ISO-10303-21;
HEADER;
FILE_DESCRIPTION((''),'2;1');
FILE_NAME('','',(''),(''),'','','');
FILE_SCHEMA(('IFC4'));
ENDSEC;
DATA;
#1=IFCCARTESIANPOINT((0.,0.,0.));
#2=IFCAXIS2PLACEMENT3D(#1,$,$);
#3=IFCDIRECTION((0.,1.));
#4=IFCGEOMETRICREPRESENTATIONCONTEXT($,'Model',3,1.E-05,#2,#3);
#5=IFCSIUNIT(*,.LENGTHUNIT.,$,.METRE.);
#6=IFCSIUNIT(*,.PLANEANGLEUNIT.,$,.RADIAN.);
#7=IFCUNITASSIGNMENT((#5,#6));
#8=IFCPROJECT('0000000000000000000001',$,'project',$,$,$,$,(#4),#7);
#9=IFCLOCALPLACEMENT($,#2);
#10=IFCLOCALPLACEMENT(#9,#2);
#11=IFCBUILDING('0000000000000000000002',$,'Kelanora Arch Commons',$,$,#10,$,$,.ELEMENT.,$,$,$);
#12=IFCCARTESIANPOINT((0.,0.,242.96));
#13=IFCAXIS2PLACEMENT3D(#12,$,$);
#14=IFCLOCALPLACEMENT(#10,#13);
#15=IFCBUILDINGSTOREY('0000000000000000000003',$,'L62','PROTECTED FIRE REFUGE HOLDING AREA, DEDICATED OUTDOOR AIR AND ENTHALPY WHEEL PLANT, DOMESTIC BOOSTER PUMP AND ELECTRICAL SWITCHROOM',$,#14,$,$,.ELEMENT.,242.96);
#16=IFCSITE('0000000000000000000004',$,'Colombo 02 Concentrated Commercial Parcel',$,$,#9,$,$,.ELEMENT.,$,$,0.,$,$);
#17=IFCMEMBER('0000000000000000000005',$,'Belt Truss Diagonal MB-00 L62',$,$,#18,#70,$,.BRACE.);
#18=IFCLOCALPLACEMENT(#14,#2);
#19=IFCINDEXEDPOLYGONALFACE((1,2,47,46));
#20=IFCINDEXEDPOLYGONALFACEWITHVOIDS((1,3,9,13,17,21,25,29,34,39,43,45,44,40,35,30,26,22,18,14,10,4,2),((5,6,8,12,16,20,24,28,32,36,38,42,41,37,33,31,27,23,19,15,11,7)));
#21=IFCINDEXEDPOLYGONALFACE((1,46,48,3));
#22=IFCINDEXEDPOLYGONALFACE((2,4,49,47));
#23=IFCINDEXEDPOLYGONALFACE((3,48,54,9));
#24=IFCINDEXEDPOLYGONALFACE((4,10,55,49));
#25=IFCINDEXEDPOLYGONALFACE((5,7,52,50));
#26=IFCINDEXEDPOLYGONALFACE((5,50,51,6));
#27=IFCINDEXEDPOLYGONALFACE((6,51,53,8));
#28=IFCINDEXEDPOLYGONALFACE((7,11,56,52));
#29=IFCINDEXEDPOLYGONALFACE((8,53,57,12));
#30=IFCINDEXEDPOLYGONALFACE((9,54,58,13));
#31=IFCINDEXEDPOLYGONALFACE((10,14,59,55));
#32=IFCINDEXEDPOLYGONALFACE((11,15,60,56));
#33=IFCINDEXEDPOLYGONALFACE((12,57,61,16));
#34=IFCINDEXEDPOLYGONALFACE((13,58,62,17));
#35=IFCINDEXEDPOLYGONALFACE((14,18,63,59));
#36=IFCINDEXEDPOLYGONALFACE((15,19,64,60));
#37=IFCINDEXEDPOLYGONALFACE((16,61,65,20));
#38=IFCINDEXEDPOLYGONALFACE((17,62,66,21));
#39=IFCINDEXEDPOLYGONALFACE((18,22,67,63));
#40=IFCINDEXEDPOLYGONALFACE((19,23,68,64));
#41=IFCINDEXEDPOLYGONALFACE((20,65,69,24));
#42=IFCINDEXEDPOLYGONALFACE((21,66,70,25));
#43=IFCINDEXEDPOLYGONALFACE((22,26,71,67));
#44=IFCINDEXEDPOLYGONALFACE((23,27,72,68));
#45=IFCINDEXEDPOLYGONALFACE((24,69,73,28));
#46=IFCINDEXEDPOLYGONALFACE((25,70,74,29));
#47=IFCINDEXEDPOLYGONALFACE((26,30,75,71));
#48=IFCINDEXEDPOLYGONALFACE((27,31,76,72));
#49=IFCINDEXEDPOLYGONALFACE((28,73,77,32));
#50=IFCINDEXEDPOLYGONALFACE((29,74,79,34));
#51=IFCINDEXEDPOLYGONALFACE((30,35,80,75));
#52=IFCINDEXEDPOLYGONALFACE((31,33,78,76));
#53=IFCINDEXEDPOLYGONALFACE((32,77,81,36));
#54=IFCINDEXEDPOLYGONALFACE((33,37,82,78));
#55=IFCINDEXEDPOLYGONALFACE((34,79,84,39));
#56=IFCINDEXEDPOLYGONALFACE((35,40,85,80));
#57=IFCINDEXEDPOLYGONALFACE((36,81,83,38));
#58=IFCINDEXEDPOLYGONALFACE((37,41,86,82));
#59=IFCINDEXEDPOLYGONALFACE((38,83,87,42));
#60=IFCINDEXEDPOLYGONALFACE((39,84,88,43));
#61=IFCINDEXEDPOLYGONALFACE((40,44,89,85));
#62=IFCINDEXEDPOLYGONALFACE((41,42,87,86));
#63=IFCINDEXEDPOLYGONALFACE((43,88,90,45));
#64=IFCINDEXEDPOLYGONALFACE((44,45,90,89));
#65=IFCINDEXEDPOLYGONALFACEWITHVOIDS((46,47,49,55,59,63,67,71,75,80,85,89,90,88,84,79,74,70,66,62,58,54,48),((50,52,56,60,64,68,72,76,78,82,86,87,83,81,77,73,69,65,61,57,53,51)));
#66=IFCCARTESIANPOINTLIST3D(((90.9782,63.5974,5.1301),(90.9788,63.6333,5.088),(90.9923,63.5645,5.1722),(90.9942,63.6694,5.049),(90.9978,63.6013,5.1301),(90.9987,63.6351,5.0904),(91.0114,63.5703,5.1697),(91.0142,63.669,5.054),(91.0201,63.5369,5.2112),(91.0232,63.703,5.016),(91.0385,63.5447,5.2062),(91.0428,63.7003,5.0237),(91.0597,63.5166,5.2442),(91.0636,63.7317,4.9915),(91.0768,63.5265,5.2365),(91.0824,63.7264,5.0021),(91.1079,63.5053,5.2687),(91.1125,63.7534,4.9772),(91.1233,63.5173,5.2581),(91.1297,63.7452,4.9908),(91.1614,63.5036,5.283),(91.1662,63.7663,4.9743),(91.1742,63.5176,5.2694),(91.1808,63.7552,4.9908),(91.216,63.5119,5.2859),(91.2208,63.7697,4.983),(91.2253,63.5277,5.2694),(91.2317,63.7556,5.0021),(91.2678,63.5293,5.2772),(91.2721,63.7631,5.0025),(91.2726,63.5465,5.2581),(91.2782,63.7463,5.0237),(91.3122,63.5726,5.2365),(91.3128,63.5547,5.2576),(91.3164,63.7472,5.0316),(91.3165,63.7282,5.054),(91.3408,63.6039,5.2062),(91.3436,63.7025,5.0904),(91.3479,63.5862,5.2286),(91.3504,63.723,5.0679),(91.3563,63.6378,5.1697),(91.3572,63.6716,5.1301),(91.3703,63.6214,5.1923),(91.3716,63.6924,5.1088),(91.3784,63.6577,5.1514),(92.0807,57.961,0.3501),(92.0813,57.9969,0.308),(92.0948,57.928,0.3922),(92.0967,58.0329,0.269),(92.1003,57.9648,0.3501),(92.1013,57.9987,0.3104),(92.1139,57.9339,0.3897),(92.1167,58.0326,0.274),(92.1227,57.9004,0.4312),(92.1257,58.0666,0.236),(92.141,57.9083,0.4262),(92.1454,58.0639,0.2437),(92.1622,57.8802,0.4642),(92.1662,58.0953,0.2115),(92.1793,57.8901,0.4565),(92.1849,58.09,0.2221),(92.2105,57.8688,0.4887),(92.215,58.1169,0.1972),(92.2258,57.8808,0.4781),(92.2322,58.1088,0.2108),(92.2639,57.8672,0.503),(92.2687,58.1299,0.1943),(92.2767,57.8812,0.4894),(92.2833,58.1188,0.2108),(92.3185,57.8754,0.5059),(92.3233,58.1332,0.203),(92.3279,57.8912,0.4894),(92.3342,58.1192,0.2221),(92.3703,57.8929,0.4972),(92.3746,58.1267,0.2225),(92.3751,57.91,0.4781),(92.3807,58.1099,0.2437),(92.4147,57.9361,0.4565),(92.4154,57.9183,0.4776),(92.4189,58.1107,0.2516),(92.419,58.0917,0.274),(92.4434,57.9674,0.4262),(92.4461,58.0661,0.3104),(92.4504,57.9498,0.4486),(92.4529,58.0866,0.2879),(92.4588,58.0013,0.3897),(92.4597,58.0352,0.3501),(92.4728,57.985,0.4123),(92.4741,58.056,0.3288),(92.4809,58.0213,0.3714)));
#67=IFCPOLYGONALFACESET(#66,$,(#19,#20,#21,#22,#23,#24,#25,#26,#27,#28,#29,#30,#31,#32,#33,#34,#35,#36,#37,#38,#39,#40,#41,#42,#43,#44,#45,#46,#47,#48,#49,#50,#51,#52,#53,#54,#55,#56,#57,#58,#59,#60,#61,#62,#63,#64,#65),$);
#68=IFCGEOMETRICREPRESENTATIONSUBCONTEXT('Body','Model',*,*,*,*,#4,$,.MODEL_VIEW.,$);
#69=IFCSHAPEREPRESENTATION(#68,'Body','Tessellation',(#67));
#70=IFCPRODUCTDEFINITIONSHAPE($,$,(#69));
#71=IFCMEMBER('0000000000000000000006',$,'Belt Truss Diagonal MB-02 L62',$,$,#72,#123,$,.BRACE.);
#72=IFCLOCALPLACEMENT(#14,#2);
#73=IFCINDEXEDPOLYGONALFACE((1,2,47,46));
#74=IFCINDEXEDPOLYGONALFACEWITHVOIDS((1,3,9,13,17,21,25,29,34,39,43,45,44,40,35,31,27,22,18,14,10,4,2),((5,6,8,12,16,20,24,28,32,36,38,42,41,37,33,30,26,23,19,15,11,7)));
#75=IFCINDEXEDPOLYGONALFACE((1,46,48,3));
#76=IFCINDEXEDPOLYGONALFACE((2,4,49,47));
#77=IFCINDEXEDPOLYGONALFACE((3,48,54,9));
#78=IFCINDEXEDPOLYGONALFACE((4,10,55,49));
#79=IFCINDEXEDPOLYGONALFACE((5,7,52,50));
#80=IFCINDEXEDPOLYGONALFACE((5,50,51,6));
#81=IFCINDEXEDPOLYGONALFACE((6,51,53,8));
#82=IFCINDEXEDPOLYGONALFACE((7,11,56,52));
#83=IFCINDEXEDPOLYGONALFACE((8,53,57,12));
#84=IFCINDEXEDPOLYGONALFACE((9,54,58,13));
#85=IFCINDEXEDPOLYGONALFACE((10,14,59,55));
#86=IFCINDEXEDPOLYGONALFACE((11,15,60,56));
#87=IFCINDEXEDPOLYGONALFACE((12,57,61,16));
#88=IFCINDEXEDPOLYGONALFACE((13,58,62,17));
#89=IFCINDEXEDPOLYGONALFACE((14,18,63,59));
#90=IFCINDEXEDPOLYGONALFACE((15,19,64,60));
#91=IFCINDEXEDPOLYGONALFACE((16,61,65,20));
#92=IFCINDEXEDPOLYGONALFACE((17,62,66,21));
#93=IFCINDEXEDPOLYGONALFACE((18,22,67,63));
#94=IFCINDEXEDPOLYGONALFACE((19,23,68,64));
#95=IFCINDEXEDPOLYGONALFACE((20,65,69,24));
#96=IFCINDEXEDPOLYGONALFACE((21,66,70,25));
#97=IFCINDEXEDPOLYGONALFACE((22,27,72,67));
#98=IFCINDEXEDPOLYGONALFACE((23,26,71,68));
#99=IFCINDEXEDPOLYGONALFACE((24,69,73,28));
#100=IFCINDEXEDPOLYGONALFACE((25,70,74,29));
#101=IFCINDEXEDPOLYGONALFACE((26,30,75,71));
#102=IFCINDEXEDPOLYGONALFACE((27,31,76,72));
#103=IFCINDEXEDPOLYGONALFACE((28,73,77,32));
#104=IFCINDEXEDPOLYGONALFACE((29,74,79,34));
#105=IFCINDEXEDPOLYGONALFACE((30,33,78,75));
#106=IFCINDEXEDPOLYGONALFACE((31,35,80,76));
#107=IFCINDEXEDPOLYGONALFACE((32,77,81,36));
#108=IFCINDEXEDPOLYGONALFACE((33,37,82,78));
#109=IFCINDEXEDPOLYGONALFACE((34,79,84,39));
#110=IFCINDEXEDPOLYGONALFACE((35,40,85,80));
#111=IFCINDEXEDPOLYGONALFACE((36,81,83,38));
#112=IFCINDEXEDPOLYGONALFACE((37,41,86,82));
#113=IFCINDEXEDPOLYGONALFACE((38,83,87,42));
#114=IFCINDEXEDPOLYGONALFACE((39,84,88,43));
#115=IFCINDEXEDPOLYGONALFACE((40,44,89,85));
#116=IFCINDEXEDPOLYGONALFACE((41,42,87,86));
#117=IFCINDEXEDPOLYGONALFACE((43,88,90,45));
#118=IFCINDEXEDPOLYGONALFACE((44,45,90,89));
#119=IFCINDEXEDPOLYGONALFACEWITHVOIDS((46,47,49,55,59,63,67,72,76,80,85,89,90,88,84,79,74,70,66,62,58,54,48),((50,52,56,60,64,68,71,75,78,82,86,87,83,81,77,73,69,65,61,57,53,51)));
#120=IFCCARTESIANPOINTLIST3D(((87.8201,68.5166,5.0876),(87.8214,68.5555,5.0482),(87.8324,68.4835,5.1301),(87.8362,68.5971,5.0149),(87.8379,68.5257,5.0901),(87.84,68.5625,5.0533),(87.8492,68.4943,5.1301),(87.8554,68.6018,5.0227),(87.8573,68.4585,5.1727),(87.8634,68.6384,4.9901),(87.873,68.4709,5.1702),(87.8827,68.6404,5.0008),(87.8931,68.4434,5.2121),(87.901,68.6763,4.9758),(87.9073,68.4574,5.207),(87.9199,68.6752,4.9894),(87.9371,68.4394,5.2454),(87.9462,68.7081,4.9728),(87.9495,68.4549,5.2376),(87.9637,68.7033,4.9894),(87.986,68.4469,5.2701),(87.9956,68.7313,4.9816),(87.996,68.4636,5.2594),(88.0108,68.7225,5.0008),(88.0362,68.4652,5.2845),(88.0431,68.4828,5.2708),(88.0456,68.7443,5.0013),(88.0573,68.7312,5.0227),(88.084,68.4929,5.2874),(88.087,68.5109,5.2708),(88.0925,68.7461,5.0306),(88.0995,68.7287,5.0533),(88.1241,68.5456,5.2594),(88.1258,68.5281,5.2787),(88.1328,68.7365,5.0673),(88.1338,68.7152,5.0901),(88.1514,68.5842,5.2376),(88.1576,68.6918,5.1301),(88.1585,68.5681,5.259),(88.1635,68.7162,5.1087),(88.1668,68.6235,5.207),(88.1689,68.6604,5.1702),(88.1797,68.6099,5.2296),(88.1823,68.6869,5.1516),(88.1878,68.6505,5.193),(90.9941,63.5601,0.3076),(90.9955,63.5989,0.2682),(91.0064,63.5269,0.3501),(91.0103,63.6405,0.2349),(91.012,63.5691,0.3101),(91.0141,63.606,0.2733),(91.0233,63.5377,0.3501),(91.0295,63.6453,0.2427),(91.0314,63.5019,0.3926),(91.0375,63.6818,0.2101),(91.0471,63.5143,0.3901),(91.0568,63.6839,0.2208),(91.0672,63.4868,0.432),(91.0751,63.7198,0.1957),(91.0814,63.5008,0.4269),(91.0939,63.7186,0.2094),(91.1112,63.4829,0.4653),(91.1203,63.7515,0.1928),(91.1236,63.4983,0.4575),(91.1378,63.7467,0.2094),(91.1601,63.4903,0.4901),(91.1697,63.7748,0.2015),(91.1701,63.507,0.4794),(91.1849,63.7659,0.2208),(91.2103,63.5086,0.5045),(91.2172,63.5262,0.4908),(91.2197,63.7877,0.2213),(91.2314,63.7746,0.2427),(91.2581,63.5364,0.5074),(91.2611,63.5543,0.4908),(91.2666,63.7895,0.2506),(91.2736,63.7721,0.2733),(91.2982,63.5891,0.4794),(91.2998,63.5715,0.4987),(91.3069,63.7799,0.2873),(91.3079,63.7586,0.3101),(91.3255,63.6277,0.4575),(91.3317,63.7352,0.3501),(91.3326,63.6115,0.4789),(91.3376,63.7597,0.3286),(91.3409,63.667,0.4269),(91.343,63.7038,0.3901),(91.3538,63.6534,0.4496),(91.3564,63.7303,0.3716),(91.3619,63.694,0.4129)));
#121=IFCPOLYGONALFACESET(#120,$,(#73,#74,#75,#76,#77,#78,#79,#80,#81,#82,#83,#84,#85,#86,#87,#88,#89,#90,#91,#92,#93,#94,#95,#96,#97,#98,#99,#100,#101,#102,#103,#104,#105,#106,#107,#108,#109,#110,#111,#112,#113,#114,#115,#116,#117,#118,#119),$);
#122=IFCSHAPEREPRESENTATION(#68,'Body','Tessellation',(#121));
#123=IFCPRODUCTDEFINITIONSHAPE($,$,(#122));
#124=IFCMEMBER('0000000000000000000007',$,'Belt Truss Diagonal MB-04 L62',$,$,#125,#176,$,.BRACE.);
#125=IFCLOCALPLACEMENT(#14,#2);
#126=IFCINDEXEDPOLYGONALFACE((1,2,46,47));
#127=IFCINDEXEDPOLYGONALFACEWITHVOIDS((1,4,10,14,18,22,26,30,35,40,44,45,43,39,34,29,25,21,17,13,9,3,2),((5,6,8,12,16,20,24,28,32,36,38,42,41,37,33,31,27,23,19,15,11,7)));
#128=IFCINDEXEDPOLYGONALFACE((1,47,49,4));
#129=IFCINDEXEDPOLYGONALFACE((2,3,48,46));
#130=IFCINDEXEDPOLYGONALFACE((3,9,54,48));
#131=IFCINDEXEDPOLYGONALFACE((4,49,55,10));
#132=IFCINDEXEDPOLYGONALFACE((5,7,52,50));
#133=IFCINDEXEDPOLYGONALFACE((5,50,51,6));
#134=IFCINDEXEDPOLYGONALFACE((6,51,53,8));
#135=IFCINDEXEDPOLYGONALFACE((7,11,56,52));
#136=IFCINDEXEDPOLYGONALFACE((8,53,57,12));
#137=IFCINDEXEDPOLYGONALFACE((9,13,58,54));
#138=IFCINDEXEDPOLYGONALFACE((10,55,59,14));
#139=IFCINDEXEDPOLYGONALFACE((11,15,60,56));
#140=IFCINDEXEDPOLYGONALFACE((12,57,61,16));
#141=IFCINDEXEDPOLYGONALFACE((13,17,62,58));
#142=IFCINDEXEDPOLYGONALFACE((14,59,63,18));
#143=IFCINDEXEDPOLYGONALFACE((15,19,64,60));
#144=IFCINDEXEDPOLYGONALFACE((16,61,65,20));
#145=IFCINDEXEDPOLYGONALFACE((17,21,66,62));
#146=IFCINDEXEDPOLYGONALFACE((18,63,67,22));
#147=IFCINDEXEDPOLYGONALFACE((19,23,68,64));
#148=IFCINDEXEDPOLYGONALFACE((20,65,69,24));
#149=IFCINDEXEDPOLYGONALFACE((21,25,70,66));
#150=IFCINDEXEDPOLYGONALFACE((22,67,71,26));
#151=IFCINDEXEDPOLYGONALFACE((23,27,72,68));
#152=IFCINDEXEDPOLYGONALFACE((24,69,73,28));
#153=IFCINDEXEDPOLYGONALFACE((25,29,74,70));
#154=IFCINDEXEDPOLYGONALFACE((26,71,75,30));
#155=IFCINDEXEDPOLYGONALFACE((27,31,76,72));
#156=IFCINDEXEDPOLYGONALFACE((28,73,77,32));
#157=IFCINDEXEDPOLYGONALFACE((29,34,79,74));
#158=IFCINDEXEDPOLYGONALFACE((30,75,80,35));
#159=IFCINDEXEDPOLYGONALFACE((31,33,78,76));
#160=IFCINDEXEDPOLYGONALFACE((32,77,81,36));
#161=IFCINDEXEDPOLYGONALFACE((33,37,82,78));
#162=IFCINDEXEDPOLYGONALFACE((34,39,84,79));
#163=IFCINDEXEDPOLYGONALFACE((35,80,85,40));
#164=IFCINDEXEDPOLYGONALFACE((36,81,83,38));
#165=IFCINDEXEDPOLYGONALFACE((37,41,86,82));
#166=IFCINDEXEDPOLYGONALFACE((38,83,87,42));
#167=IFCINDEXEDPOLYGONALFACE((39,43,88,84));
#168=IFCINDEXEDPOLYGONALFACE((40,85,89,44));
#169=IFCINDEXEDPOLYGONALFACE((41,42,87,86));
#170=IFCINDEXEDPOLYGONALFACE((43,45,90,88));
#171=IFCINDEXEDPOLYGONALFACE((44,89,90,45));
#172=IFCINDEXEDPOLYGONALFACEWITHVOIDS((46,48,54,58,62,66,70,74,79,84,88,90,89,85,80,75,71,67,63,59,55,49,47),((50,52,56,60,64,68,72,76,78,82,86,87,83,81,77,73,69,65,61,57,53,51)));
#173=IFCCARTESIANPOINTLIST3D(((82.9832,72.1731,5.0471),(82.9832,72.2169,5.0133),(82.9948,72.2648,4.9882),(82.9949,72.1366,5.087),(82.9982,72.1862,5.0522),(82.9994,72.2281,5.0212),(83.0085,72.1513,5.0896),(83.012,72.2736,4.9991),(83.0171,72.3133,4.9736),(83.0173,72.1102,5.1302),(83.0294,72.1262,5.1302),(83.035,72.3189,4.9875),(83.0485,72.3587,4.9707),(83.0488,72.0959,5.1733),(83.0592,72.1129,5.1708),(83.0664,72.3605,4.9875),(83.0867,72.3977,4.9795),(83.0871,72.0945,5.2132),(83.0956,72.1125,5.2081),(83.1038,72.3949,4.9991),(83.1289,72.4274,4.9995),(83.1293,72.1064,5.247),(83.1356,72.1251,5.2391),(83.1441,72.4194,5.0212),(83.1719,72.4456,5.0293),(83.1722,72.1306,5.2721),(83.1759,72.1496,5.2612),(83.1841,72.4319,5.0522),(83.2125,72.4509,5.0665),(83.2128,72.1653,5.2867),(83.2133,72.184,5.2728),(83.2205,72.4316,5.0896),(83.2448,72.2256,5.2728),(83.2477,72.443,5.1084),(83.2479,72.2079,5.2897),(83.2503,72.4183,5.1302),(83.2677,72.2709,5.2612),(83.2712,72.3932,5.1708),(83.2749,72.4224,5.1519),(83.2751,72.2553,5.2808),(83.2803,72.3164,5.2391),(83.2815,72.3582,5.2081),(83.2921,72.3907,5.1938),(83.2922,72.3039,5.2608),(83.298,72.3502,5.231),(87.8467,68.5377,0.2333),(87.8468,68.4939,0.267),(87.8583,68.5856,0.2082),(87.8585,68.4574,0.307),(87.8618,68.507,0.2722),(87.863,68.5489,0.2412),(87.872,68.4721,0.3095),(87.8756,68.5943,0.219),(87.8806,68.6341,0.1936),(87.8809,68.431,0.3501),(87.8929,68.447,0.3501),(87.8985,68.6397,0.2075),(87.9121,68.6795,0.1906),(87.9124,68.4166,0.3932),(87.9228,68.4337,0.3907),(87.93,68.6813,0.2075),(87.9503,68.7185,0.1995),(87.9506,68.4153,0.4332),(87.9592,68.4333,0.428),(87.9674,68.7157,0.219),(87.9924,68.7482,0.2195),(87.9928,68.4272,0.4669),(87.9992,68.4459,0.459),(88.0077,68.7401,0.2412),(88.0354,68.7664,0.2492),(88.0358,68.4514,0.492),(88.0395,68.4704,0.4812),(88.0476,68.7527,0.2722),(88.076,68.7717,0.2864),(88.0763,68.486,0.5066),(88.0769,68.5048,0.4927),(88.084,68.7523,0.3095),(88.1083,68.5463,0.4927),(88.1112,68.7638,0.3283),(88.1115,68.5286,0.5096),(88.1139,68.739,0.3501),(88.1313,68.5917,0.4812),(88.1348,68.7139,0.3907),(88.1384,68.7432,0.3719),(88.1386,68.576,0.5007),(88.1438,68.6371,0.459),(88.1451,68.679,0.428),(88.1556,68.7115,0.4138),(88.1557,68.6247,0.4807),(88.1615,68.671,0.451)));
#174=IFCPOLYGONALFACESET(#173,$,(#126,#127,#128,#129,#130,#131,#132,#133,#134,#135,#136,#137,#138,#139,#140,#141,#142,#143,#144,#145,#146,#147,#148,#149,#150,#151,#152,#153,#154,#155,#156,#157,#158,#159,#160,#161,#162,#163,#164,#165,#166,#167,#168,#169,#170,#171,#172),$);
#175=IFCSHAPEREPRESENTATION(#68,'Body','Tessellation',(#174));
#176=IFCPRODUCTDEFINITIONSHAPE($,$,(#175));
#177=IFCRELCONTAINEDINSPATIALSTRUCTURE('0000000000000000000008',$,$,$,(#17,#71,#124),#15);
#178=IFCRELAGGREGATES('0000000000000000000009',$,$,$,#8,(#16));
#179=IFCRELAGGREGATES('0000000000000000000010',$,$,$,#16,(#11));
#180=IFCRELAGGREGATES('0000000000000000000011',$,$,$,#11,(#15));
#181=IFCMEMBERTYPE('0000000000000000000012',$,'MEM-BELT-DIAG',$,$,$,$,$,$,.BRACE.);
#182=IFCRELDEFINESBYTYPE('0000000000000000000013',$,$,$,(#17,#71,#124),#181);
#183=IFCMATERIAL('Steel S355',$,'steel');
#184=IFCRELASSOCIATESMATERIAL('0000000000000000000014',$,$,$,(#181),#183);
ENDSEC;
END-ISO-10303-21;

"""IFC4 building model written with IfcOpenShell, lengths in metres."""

from ifc_helpers import new_model, si_unit, direction, frame, origin, origin_2d, place, context, subcontext, project, spatial, hollow_circle, extrude, material, material_profile, profile_set, type_object, element, save


model = new_model("IFC4")

# Units and contexts
model_context = context("Model", 3, precision=1e-05, world=origin(), true_north=direction((0.0, 1.0)))
body_context = subcontext(model_context, "Body", "Model", "MODEL_VIEW")
ifc_project = project(units=[si_unit("LENGTHUNIT", "METRE"), si_unit("PLANEANGLEUNIT", "RADIAN")], contexts=[model_context])

# Site, building, storey
site_placement = place(None, origin())
site = spatial("IfcSite", under=ifc_project, at=site_placement, Name="Colombo 02 Concentrated Commercial Parcel", CompositionType="ELEMENT", RefElevation=0.0)
building_placement = place(site_placement, origin())
building = spatial("IfcBuilding", under=site, at=building_placement, Name="Kelanora Arch Commons", CompositionType="ELEMENT")
storey_placement = place(building_placement, frame((0.0, 0.0, 242.96)))
storey = spatial("IfcBuildingStorey", under=building, at=storey_placement, Name="L62", Description="PROTECTED FIRE REFUGE HOLDING AREA, DEDICATED OUTDOOR AIR AND ENTHALPY WHEEL PLANT, DOMESTIC BOOSTER PUMP AND ELECTRICAL SWITCHROOM", CompositionType="ELEMENT", Elevation=242.96)

# Shared definitions
ifc_material_1 = material(Name="Steel S355", Category="steel")

# Members
ifc_material_profile_1 = material_profile(ifc_material_1, hollow_circle(Radius=0.2031, WallThickness=0.02, at=origin_2d()), Name="CHS406.4x20")
ifc_profile_set_1 = profile_set([ifc_material_profile_1], Name="Steel S355")
member_type = type_object("IfcMemberType", Name="MEM-BELT-DIAG", PredefinedType="BRACE", material=ifc_profile_set_1)
member_1_placement = place(storey_placement, frame((92.28, 58.0, 0.3501), z_axis=(-0.147552, 0.754324, 0.639706), x_axis=(-0.981401, -0.19197, 0.0)))
element("IfcMember", 1, at=member_1_placement, inside=storey, type_object=member_type, Name="Belt Truss Diagonal MB-00 L62", PredefinedType="BRACE", context=body_context, shape_type="SweptSolid", body=[
    extrude(hollow_circle(Radius=0.2031, WallThickness=0.02, at=origin_2d()), origin(), (0.0, 0.0, 1.0), 7.4722),
])
member_2_placement = place(storey_placement, frame((91.1775, 63.6365, 0.3501), z_axis=(-0.418618, 0.653702, 0.630422), x_axis=(-0.842126, -0.539281, 0.0)))
element("IfcMember", 2, at=member_2_placement, inside=storey, type_object=member_type, Name="Belt Truss Diagonal MB-02 L62", PredefinedType="BRACE", context=body_context, shape_type="SweptSolid", body=[
    extrude(hollow_circle(Radius=0.2031, WallThickness=0.02, at=origin_2d()), origin(), (0.0, 0.0, 1.0), 7.5823),
])
member_3_placement = place(storey_placement, frame((88.0034, 68.593, 0.3501), z_axis=(-0.627674, 0.474828, 0.616898), x_axis=(-0.603306, -0.797509, 0.0)))
element("IfcMember", 3, at=member_3_placement, inside=storey, type_object=member_type, Name="Belt Truss Diagonal MB-04 L62", PredefinedType="BRACE", context=body_context, shape_type="SweptSolid", body=[
    extrude(hollow_circle(Radius=0.2031, WallThickness=0.02, at=origin_2d()), origin(), (0.0, 0.0, 1.0), 7.7485),
])

save(model, "model.ifc")
